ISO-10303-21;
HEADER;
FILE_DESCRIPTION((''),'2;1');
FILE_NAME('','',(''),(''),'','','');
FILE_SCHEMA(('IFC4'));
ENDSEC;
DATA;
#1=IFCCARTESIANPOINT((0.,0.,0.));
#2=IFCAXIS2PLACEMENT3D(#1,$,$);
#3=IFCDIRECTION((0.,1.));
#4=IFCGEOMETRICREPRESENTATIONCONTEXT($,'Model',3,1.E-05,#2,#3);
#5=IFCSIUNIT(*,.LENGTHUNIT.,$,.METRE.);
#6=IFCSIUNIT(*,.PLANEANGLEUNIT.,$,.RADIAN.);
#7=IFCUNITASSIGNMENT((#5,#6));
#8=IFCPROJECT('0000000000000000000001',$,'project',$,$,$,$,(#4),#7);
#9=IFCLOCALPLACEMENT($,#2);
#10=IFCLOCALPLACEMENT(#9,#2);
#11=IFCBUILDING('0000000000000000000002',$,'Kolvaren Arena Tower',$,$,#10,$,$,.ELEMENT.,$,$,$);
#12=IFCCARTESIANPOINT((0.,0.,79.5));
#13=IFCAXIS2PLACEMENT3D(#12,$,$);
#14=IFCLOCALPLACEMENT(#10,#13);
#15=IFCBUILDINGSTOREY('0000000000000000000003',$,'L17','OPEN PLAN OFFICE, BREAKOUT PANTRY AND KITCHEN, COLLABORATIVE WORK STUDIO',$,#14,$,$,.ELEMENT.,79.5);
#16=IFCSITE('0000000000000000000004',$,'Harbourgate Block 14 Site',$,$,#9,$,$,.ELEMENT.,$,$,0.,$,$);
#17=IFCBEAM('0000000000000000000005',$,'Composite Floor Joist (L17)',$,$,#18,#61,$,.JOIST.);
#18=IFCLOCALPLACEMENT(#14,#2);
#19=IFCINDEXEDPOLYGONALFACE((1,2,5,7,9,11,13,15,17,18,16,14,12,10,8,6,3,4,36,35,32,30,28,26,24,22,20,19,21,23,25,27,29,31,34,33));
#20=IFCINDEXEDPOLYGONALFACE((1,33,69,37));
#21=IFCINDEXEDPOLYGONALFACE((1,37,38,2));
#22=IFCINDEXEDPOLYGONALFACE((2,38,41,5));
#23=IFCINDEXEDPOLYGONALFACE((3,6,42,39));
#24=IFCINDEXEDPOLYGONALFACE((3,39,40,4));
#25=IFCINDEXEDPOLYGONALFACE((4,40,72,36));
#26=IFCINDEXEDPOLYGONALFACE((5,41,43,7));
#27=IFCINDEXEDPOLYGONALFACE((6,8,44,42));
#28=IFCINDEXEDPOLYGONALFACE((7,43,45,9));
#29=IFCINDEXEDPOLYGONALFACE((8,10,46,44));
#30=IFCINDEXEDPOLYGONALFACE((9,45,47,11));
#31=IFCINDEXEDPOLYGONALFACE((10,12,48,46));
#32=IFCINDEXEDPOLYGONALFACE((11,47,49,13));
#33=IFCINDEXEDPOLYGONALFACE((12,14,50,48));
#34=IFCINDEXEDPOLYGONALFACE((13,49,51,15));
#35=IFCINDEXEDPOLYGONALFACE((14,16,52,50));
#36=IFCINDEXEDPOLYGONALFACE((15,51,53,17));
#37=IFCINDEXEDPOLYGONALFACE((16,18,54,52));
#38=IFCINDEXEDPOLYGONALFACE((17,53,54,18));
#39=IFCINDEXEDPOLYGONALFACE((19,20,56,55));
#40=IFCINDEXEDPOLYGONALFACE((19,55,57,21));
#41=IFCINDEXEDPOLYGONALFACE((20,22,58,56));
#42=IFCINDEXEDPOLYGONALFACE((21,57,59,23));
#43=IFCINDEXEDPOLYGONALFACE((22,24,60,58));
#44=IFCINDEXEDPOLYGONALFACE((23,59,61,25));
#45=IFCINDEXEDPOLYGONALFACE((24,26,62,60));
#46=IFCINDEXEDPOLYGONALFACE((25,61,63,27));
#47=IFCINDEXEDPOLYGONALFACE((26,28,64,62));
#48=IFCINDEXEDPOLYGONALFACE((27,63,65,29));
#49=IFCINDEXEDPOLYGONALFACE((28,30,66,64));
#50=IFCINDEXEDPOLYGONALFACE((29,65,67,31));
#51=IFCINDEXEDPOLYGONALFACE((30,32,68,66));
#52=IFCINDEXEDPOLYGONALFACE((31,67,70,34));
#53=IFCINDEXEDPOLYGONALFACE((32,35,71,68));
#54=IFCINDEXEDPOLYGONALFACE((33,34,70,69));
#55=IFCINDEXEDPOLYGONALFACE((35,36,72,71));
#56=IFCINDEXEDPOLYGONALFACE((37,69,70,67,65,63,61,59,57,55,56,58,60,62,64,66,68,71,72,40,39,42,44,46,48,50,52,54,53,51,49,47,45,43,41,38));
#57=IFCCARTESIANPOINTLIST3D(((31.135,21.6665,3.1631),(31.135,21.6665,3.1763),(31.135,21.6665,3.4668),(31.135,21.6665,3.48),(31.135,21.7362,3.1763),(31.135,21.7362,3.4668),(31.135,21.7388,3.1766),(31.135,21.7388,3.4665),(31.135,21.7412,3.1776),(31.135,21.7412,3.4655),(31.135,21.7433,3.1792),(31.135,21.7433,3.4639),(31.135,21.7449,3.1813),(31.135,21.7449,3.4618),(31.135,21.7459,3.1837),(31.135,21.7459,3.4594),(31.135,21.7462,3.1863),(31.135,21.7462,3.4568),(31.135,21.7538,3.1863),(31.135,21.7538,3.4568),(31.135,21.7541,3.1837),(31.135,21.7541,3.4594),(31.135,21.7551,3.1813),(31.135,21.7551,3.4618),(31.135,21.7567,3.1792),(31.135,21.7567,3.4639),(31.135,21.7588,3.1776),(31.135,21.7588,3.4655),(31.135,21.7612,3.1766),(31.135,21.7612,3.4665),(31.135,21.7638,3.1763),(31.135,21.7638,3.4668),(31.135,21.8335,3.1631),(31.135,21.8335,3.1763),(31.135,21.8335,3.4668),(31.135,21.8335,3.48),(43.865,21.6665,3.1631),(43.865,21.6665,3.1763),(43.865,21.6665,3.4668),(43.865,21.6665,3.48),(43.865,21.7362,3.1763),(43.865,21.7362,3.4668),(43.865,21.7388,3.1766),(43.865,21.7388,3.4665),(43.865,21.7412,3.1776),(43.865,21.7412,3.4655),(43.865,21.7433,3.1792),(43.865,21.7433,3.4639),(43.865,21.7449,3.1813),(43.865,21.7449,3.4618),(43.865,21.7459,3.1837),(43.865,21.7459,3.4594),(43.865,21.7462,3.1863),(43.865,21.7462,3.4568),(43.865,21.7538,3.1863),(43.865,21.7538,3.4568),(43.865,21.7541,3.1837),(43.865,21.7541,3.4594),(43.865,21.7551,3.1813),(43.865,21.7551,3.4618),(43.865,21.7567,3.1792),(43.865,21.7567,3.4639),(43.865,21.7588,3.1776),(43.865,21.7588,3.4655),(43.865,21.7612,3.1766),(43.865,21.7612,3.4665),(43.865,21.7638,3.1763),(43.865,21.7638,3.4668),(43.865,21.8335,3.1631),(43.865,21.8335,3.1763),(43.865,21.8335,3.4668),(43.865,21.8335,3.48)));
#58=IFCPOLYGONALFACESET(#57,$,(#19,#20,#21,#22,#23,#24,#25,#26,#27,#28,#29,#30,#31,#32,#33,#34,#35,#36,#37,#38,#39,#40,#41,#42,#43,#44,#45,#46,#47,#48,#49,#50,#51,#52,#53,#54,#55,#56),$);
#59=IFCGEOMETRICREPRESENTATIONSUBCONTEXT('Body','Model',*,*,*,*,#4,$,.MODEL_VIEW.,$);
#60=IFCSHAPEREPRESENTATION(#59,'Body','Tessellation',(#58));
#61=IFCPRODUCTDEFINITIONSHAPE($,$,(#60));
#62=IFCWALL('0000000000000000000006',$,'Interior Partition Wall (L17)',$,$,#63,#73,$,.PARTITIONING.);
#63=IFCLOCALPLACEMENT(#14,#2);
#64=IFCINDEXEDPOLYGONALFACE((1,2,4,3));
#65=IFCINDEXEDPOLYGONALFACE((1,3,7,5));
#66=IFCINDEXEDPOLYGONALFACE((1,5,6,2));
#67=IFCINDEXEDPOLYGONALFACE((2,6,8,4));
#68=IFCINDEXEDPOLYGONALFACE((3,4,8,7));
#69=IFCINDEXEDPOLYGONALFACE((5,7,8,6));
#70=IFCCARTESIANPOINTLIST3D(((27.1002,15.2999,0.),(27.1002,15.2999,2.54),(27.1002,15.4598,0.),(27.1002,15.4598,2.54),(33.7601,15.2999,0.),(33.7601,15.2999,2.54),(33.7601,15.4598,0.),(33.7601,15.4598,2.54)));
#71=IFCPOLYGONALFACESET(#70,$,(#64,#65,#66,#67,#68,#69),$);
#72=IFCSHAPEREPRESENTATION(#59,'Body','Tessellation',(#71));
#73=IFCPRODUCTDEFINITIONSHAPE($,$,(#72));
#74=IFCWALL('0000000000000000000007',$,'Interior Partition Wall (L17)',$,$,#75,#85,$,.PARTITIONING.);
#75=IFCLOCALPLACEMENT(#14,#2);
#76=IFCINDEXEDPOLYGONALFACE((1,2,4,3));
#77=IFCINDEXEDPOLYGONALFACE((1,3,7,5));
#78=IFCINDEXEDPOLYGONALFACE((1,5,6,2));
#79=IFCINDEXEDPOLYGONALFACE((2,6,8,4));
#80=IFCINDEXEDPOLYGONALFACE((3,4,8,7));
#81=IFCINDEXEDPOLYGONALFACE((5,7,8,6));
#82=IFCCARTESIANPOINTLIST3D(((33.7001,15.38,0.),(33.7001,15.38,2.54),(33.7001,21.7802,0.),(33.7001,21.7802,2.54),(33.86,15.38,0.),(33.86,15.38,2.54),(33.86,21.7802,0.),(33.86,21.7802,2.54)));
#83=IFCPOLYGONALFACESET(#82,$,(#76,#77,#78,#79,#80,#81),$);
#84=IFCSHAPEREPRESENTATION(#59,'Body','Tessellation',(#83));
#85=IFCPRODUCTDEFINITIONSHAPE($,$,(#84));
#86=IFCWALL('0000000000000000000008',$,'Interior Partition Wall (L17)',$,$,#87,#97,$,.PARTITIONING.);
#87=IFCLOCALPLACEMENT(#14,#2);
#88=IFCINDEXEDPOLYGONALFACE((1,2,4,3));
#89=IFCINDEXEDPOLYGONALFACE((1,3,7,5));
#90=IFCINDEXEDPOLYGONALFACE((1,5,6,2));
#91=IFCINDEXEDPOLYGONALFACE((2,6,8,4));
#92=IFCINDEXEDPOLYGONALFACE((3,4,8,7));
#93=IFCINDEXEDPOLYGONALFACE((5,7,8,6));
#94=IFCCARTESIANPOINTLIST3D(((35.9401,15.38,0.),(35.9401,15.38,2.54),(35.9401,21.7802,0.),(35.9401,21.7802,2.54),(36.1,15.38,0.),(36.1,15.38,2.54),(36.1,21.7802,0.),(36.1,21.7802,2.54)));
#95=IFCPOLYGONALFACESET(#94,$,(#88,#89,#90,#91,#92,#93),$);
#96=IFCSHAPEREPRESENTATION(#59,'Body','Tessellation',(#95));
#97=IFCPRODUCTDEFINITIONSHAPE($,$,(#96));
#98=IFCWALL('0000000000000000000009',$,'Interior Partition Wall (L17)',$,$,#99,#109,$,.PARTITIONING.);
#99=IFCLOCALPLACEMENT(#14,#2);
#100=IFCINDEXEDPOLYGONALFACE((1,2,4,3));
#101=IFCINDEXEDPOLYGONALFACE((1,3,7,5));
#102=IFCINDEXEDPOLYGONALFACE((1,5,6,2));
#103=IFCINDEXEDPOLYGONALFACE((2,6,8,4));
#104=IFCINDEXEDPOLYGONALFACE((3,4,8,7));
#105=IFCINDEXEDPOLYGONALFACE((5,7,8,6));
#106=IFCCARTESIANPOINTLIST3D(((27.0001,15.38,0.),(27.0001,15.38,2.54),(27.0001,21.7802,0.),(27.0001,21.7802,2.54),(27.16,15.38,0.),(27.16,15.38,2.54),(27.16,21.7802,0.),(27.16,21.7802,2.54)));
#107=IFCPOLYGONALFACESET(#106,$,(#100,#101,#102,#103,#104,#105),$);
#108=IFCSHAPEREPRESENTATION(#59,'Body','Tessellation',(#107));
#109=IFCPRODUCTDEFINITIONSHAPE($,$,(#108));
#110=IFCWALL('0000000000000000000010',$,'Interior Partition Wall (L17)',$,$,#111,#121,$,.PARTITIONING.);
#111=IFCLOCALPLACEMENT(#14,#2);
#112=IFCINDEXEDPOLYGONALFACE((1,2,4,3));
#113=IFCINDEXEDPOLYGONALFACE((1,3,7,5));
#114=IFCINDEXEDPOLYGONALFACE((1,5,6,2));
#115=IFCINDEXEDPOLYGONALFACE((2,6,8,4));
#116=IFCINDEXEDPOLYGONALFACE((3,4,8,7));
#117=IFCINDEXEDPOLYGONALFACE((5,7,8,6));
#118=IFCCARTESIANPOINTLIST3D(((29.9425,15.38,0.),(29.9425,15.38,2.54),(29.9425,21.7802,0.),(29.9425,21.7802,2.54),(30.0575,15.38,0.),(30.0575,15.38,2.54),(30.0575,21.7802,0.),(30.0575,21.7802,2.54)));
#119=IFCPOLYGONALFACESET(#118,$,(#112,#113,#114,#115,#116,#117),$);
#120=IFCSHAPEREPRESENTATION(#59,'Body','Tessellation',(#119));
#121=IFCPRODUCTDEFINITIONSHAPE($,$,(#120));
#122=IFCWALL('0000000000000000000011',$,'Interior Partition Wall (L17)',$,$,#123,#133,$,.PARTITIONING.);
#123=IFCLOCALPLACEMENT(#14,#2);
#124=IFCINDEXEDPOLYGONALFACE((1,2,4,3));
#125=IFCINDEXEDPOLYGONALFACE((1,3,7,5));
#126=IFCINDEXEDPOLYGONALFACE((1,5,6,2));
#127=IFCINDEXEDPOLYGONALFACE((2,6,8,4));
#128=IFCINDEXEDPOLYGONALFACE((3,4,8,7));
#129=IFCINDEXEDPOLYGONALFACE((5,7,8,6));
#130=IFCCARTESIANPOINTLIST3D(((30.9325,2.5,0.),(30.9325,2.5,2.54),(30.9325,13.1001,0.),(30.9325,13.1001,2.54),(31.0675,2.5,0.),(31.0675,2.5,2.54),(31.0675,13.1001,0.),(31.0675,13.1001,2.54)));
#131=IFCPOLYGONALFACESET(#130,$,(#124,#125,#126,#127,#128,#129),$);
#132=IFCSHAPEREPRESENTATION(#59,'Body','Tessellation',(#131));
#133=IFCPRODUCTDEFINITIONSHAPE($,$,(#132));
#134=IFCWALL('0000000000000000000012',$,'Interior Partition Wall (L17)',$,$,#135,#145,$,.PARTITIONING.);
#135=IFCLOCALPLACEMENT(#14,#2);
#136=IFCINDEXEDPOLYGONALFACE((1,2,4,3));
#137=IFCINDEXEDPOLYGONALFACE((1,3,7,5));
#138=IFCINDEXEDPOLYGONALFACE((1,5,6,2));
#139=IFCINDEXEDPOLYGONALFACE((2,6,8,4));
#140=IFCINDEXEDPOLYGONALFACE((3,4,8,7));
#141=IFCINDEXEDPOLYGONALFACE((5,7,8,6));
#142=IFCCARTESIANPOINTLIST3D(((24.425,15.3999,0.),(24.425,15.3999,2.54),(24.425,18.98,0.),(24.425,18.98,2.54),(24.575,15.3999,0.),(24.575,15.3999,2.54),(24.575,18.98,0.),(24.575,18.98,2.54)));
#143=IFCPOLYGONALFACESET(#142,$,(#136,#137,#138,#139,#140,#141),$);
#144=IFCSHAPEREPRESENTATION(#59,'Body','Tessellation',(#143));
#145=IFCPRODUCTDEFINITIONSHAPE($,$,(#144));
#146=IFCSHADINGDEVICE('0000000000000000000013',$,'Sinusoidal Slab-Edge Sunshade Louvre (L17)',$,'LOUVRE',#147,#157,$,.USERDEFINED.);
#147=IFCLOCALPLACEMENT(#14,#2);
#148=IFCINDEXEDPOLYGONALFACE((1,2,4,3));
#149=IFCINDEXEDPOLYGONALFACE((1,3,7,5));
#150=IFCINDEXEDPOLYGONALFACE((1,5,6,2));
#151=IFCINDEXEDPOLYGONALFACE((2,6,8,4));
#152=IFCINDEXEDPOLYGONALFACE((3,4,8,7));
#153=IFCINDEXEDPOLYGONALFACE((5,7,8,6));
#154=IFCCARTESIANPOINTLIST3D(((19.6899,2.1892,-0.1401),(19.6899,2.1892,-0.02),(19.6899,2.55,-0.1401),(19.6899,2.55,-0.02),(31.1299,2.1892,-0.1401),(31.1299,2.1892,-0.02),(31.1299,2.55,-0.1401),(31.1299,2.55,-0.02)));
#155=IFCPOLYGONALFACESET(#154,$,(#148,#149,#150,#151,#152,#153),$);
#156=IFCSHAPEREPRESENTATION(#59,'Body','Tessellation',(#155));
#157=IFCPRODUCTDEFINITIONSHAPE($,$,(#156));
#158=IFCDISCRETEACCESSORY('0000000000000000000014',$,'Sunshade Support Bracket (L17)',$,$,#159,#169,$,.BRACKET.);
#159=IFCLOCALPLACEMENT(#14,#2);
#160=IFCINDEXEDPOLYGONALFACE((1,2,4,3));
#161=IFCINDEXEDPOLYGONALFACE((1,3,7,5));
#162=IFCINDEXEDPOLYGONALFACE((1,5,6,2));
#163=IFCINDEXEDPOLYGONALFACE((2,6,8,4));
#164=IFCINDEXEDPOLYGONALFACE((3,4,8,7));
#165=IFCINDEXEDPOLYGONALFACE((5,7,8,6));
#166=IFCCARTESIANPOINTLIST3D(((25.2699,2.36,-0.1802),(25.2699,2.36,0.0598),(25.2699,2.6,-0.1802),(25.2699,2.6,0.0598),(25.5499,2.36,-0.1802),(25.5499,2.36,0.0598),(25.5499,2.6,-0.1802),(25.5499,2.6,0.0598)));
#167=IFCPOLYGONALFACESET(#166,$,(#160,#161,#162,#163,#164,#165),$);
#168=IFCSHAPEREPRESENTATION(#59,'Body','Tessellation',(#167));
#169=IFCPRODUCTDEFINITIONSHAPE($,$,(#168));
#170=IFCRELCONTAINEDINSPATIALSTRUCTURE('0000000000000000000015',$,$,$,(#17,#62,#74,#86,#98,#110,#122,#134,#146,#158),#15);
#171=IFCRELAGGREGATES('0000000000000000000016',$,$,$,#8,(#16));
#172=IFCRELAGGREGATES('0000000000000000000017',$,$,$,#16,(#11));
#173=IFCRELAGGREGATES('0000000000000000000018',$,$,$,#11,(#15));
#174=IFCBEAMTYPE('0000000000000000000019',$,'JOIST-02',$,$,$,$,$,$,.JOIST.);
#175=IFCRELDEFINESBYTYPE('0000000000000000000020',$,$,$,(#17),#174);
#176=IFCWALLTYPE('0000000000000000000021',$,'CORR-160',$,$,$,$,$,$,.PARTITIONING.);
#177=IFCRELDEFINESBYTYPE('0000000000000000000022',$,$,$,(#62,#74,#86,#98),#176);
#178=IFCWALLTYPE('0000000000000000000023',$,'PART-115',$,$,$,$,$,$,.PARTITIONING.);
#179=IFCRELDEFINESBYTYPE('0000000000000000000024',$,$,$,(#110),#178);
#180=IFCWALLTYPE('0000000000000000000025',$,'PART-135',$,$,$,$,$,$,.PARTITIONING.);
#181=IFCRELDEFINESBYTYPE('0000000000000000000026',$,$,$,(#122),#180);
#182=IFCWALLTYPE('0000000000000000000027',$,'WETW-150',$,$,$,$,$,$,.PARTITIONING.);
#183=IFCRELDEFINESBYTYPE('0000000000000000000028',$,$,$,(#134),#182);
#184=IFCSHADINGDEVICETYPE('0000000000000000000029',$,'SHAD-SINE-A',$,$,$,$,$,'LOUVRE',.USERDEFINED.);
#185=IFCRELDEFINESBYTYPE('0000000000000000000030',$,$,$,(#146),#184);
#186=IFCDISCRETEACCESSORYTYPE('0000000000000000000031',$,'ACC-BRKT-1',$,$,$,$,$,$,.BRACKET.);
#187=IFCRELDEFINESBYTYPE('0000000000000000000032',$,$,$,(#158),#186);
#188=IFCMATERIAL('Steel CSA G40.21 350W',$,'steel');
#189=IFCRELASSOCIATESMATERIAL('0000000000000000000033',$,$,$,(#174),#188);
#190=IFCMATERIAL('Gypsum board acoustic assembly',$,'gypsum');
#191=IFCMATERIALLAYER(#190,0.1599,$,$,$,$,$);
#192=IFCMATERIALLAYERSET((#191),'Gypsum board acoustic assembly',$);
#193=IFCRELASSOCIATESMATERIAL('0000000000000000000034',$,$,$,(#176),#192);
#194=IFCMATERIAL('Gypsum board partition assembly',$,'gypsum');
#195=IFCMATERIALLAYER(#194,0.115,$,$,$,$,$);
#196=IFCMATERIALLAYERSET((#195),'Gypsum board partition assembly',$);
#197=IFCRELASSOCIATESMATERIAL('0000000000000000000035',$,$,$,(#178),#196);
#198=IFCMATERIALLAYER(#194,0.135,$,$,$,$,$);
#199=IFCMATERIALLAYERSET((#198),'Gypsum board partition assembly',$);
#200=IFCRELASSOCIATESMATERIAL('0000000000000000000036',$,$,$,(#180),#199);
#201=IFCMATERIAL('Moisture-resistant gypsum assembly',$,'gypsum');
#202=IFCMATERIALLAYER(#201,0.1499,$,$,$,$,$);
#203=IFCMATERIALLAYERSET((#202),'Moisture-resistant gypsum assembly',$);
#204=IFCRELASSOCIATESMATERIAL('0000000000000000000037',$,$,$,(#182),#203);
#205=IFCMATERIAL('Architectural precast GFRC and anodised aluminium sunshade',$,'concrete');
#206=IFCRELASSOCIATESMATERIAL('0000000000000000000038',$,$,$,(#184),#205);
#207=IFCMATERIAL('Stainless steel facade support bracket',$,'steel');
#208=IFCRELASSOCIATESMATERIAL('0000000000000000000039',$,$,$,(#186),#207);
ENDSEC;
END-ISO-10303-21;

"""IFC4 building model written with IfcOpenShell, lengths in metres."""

from ifc_helpers import new_model, si_unit, direction, frame, frame_2d, origin, origin_2d, place, context, subcontext, project, spatial, rectangle, i_section, extrude, material, layer, layer_set, material_profile, profile_set, type_object, element, save


model = new_model("IFC4")

# Units and contexts
model_context = context("Model", 3, precision=1e-05, world=origin(), true_north=direction((0.0, 1.0)))
body_context = subcontext(model_context, "Body", "Model", "MODEL_VIEW")
ifc_project = project(units=[si_unit("LENGTHUNIT", "METRE"), si_unit("PLANEANGLEUNIT", "RADIAN")], contexts=[model_context])

# Site, building, storey
site_placement = place(None, origin())
site = spatial("IfcSite", under=ifc_project, at=site_placement, Name="Harbourgate Block 14 Site", CompositionType="ELEMENT", RefElevation=0.0)
building_placement = place(site_placement, origin())
building = spatial("IfcBuilding", under=site, at=building_placement, Name="Kolvaren Arena Tower", CompositionType="ELEMENT")
storey_placement = place(building_placement, frame((0.0, 0.0, 79.5)))
storey = spatial("IfcBuildingStorey", under=building, at=storey_placement, Name="L17", Description="OPEN PLAN OFFICE, BREAKOUT PANTRY AND KITCHEN, COLLABORATIVE WORK STUDIO", CompositionType="ELEMENT", Elevation=79.5)

# Beam
ifc_material_1 = material(Name="Steel CSA G40.21 350W", Category="steel")
ifc_material_profile_1 = material_profile(ifc_material_1, i_section(OverallWidth=0.167, OverallDepth=0.3169, WebThickness=0.0076, FlangeThickness=0.0132, FilletRadius=0.01, at=origin_2d()), Name="W310x52")
ifc_profile_set_1 = profile_set([ifc_material_profile_1], Name="Steel CSA G40.21 350W")
beam_type_1 = type_object("IfcBeamType", Name="JOIST-02", PredefinedType="JOIST", material=ifc_profile_set_1)
for number, where, z_axis, x_axis, name in (
    (1, (31.135, 21.75, 3.3215), (1.0, 0.0, 0.0), (0.0, 1.0, 0.0), "Composite Floor Joist (L17)"),
):
    element("IfcBeam", number, at=place(storey_placement, frame(where, z_axis=z_axis, x_axis=x_axis)), inside=storey, type_object=beam_type_1, Name=name, PredefinedType="JOIST", context=body_context, shape_type="SweptSolid", body=[
        extrude(i_section(OverallWidth=0.167, OverallDepth=0.3169, WebThickness=0.0076, FlangeThickness=0.0132, FilletRadius=0.01, at=origin_2d()), origin(), (0.0, 0.0, 1.0), 12.73),
    ])

# Walls
ifc_material_2 = material(Name="Gypsum board acoustic assembly", Category="gypsum")
ifc_layer_1 = layer(ifc_material_2, 0.1599)
ifc_layer_set_1 = layer_set([ifc_layer_1], Name="Gypsum board acoustic assembly")
wall_type_1 = type_object("IfcWallType", Name="CORR-160", PredefinedType="PARTITIONING", material=ifc_layer_set_1)
wall_1_placement = place(storey_placement, frame((27.1001, 15.3799, 0.0), z_axis=(0.0, 0.0, 1.0), x_axis=(1.0, 0.0, 0.0)))
element("IfcWall", 2, at=wall_1_placement, inside=storey, type_object=wall_type_1, Name="Interior Partition Wall (L17)", PredefinedType="PARTITIONING", context=body_context, shape_type="SweptSolid", body=[
    extrude(rectangle(XDim=6.6599, YDim=0.1599, at=frame_2d((3.3301, 0.0))), origin(), (0.0, 0.0, 1.0), 2.54),
])
for number, where, z_axis, x_axis, name in (
    (3, (33.78, 15.3799, 0.0), (0.0, 0.0, 1.0), (0.0, 1.0, 0.0), "Interior Partition Wall (L17)"),
    (4, (36.02, 15.3799, 0.0), (0.0, 0.0, 1.0), (0.0, 1.0, 0.0), "Interior Partition Wall (L17)"),
    (5, (27.0801, 15.3799, 0.0), (0.0, 0.0, 1.0), (0.0, 1.0, 0.0), "Interior Partition Wall (L17)"),
):
    element("IfcWall", number, at=place(storey_placement, frame(where, z_axis=z_axis, x_axis=x_axis)), inside=storey, type_object=wall_type_1, Name=name, PredefinedType="PARTITIONING", context=body_context, shape_type="SweptSolid", body=[
        extrude(rectangle(XDim=6.4001, YDim=0.1599, at=frame_2d((3.2002, 0.0))), origin(), (0.0, 0.0, 1.0), 2.54),
    ])
ifc_material_3 = material(Name="Gypsum board partition assembly", Category="gypsum")
ifc_layer_2 = layer(ifc_material_3, 0.115)
ifc_layer_set_2 = layer_set([ifc_layer_2], Name="Gypsum board partition assembly")
wall_type_2 = type_object("IfcWallType", Name="PART-115", PredefinedType="PARTITIONING", material=ifc_layer_set_2)
wall_2_placement = place(storey_placement, frame((30.0, 15.3799, 0.0), z_axis=(0.0, 0.0, 1.0), x_axis=(0.0, 1.0, 0.0)))
element("IfcWall", 6, at=wall_2_placement, inside=storey, type_object=wall_type_2, Name="Interior Partition Wall (L17)", PredefinedType="PARTITIONING", context=body_context, shape_type="SweptSolid", body=[
    extrude(rectangle(XDim=6.4001, YDim=0.115, at=frame_2d((3.2002, 0.0))), origin(), (0.0, 0.0, 1.0), 2.54),
])
ifc_layer_3 = layer(ifc_material_3, 0.135)
ifc_layer_set_3 = layer_set([ifc_layer_3], Name="Gypsum board partition assembly")
wall_type_3 = type_object("IfcWallType", Name="PART-135", PredefinedType="PARTITIONING", material=ifc_layer_set_3)
wall_3_placement = place(storey_placement, frame((31.0, 2.5, 0.0), z_axis=(0.0, 0.0, 1.0), x_axis=(0.0, 1.0, 0.0)))
element("IfcWall", 7, at=wall_3_placement, inside=storey, type_object=wall_type_3, Name="Interior Partition Wall (L17)", PredefinedType="PARTITIONING", context=body_context, shape_type="SweptSolid", body=[
    extrude(rectangle(XDim=10.6001, YDim=0.135, at=frame_2d((5.3, 0.0))), origin(), (0.0, 0.0, 1.0), 2.54),
])
ifc_material_4 = material(Name="Moisture-resistant gypsum assembly", Category="gypsum")
ifc_layer_4 = layer(ifc_material_4, 0.1499)
ifc_layer_set_4 = layer_set([ifc_layer_4], Name="Moisture-resistant gypsum assembly")
wall_type_4 = type_object("IfcWallType", Name="WETW-150", PredefinedType="PARTITIONING", material=ifc_layer_set_4)
wall_4_placement = place(storey_placement, frame((24.5, 15.3999, 0.0), z_axis=(0.0, 0.0, 1.0), x_axis=(0.0, 1.0, 0.0)))
element("IfcWall", 8, at=wall_4_placement, inside=storey, type_object=wall_type_4, Name="Interior Partition Wall (L17)", PredefinedType="PARTITIONING", context=body_context, shape_type="SweptSolid", body=[
    extrude(rectangle(XDim=3.5801, YDim=0.1499, at=frame_2d((1.79, 0.0))), origin(), (0.0, 0.0, 1.0), 2.54),
])

# Shading device
ifc_material_5 = material(Name="Architectural precast GFRC and anodised aluminium sunshade", Category="concrete")
shading_device_type = type_object("IfcShadingDeviceType", Name="SHAD-SINE-A", ElementType="LOUVRE", PredefinedType="USERDEFINED", material=ifc_material_5)
shading_device_placement = place(storey_placement, frame((25.4099, 2.3696, -0.1401), z_axis=(0.0, 0.0, 1.0), x_axis=(-1.0, 0.0, 0.0)))
element("IfcShadingDevice", 9, at=shading_device_placement, inside=storey, type_object=shading_device_type, Name="Sinusoidal Slab-Edge Sunshade Louvre (L17)", ObjectType="LOUVRE", PredefinedType="USERDEFINED", context=body_context, shape_type="SweptSolid", body=[
    extrude(rectangle(XDim=11.4399, YDim=0.3608, at=origin_2d()), origin(), (0.0, 0.0, 1.0), 0.1201),
])

# Discrete accessory
ifc_material_6 = material(Name="Stainless steel facade support bracket", Category="steel")
discrete_accessory_type = type_object("IfcDiscreteAccessoryType", Name="ACC-BRKT-1", PredefinedType="BRACKET", material=ifc_material_6)
discrete_accessory_placement = place(storey_placement, frame((25.4099, 2.48, -0.1802), z_axis=(0.0, 0.0, 1.0), x_axis=(-1.0, 0.0, 0.0)))
element("IfcDiscreteAccessory", 10, at=discrete_accessory_placement, inside=storey, type_object=discrete_accessory_type, Name="Sunshade Support Bracket (L17)", PredefinedType="BRACKET", context=body_context, shape_type="SweptSolid", body=[
    extrude(rectangle(XDim=0.28, YDim=0.24, at=origin_2d()), origin(), (0.0, 0.0, 1.0), 0.24),
])

save(model, "model.ifc")
